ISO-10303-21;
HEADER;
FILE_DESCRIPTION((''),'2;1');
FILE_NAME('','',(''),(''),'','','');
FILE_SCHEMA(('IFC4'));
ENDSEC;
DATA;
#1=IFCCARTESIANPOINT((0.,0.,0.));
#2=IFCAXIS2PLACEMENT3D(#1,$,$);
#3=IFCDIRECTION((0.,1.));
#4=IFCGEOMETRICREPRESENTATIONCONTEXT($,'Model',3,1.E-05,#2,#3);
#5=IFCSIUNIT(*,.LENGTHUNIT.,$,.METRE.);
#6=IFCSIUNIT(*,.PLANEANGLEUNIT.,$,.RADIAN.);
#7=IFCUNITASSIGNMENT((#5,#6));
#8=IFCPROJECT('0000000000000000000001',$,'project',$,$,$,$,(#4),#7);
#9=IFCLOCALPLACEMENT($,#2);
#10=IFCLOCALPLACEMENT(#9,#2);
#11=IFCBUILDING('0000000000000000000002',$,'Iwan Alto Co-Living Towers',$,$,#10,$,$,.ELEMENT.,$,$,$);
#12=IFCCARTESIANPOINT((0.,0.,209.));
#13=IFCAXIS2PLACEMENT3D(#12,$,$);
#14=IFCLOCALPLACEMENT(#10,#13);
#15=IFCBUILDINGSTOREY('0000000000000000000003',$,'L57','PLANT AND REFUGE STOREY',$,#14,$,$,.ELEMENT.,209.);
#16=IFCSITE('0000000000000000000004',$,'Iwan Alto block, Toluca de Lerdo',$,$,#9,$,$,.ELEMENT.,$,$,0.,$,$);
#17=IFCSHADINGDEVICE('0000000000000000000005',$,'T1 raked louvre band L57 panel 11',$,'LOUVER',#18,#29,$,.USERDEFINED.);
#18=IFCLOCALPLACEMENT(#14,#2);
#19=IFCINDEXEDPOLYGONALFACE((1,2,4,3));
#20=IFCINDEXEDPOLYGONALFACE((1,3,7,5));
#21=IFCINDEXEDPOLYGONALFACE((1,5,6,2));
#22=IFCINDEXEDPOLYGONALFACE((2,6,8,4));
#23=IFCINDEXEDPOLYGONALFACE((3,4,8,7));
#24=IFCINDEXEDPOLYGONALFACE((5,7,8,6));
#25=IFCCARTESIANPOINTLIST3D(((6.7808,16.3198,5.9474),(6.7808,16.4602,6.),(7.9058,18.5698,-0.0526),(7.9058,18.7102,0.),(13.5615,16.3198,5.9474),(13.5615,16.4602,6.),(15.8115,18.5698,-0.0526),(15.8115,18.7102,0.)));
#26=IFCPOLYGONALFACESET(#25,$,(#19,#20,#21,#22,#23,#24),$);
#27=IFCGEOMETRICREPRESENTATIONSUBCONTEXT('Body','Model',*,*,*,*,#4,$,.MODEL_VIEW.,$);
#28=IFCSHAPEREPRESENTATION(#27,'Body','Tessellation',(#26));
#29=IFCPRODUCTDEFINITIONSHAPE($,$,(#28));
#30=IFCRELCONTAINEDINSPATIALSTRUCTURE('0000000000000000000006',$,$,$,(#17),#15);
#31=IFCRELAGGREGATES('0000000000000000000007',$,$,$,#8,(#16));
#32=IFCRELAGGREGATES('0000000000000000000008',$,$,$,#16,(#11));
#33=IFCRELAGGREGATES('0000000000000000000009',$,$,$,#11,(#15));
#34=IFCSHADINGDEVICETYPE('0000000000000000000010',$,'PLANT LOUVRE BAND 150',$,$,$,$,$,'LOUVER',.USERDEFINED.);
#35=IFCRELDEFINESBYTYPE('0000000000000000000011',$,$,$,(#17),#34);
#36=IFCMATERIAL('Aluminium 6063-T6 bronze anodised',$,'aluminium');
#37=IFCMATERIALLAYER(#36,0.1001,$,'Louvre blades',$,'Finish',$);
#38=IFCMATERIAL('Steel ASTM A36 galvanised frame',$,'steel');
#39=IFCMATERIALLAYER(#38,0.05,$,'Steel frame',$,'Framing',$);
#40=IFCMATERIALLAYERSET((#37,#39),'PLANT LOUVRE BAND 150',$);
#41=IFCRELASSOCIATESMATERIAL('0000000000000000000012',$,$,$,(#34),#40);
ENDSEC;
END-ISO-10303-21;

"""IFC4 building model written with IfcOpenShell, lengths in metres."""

from ifc_helpers import new_model, si_unit, direction, frame, origin, place, context, subcontext, project, spatial, polyline, outline, extrude, material, layer, layer_set, type_object, element, save


model = new_model("IFC4")

# Units and contexts
model_context = context("Model", 3, precision=1e-05, world=origin(), true_north=direction((0.0, 1.0)))
body_context = subcontext(model_context, "Body", "Model", "MODEL_VIEW")
ifc_project = project(units=[si_unit("LENGTHUNIT", "METRE"), si_unit("PLANEANGLEUNIT", "RADIAN")], contexts=[model_context])

# Site, building, storey
site_placement = place(None, origin())
site = spatial("IfcSite", under=ifc_project, at=site_placement, Name="Iwan Alto block, Toluca de Lerdo", CompositionType="ELEMENT", RefElevation=0.0)
building_placement = place(site_placement, origin())
building = spatial("IfcBuilding", under=site, at=building_placement, Name="Iwan Alto Co-Living Towers", CompositionType="ELEMENT")
storey_placement = place(building_placement, frame((0.0, 0.0, 209.0)))
storey = spatial("IfcBuildingStorey", under=building, at=storey_placement, Name="L57", Description="PLANT AND REFUGE STOREY", CompositionType="ELEMENT", Elevation=209.0)

# Shared definitions
ifc_material_1 = material(Name="Aluminium 6063-T6 bronze anodised", Category="aluminium")

# Shading device
ifc_layer_1 = layer(ifc_material_1, 0.1001, Name="Louvre blades", Category="Finish")
ifc_material_2 = material(Name="Steel ASTM A36 galvanised frame", Category="steel")
ifc_layer_2 = layer(ifc_material_2, 0.05, Name="Steel frame", Category="Framing")
ifc_layer_set_1 = layer_set([ifc_layer_1, ifc_layer_2], Name="PLANT LOUVRE BAND 150")
shading_device_type = type_object("IfcShadingDeviceType", Name="PLANT LOUVRE BAND 150", ElementType="LOUVER", PredefinedType="USERDEFINED", material=ifc_layer_set_1)
shading_device_1_placement = place(storey_placement, frame((15.8115, 18.7102, 0.0), z_axis=(0.0, 0.936329, 0.351123), x_axis=(-1.0, 0.0, 0.0)))
element("IfcShadingDevice", 1, at=shading_device_1_placement, inside=storey, type_object=shading_device_type, Name="T1 raked louvre band L57 panel 11", ObjectType="LOUVER", PredefinedType="USERDEFINED", context=body_context, shape_type="SweptSolid", body=[
    extrude(outline(polyline([(0.0, 0.0), (7.9058, 0.0), (9.0308, 6.408), (2.25, 6.408), (0.0, 0.0)])), origin(), (0.0, 0.0, -1.0), 0.1499),
])

save(model, "model.ifc")
